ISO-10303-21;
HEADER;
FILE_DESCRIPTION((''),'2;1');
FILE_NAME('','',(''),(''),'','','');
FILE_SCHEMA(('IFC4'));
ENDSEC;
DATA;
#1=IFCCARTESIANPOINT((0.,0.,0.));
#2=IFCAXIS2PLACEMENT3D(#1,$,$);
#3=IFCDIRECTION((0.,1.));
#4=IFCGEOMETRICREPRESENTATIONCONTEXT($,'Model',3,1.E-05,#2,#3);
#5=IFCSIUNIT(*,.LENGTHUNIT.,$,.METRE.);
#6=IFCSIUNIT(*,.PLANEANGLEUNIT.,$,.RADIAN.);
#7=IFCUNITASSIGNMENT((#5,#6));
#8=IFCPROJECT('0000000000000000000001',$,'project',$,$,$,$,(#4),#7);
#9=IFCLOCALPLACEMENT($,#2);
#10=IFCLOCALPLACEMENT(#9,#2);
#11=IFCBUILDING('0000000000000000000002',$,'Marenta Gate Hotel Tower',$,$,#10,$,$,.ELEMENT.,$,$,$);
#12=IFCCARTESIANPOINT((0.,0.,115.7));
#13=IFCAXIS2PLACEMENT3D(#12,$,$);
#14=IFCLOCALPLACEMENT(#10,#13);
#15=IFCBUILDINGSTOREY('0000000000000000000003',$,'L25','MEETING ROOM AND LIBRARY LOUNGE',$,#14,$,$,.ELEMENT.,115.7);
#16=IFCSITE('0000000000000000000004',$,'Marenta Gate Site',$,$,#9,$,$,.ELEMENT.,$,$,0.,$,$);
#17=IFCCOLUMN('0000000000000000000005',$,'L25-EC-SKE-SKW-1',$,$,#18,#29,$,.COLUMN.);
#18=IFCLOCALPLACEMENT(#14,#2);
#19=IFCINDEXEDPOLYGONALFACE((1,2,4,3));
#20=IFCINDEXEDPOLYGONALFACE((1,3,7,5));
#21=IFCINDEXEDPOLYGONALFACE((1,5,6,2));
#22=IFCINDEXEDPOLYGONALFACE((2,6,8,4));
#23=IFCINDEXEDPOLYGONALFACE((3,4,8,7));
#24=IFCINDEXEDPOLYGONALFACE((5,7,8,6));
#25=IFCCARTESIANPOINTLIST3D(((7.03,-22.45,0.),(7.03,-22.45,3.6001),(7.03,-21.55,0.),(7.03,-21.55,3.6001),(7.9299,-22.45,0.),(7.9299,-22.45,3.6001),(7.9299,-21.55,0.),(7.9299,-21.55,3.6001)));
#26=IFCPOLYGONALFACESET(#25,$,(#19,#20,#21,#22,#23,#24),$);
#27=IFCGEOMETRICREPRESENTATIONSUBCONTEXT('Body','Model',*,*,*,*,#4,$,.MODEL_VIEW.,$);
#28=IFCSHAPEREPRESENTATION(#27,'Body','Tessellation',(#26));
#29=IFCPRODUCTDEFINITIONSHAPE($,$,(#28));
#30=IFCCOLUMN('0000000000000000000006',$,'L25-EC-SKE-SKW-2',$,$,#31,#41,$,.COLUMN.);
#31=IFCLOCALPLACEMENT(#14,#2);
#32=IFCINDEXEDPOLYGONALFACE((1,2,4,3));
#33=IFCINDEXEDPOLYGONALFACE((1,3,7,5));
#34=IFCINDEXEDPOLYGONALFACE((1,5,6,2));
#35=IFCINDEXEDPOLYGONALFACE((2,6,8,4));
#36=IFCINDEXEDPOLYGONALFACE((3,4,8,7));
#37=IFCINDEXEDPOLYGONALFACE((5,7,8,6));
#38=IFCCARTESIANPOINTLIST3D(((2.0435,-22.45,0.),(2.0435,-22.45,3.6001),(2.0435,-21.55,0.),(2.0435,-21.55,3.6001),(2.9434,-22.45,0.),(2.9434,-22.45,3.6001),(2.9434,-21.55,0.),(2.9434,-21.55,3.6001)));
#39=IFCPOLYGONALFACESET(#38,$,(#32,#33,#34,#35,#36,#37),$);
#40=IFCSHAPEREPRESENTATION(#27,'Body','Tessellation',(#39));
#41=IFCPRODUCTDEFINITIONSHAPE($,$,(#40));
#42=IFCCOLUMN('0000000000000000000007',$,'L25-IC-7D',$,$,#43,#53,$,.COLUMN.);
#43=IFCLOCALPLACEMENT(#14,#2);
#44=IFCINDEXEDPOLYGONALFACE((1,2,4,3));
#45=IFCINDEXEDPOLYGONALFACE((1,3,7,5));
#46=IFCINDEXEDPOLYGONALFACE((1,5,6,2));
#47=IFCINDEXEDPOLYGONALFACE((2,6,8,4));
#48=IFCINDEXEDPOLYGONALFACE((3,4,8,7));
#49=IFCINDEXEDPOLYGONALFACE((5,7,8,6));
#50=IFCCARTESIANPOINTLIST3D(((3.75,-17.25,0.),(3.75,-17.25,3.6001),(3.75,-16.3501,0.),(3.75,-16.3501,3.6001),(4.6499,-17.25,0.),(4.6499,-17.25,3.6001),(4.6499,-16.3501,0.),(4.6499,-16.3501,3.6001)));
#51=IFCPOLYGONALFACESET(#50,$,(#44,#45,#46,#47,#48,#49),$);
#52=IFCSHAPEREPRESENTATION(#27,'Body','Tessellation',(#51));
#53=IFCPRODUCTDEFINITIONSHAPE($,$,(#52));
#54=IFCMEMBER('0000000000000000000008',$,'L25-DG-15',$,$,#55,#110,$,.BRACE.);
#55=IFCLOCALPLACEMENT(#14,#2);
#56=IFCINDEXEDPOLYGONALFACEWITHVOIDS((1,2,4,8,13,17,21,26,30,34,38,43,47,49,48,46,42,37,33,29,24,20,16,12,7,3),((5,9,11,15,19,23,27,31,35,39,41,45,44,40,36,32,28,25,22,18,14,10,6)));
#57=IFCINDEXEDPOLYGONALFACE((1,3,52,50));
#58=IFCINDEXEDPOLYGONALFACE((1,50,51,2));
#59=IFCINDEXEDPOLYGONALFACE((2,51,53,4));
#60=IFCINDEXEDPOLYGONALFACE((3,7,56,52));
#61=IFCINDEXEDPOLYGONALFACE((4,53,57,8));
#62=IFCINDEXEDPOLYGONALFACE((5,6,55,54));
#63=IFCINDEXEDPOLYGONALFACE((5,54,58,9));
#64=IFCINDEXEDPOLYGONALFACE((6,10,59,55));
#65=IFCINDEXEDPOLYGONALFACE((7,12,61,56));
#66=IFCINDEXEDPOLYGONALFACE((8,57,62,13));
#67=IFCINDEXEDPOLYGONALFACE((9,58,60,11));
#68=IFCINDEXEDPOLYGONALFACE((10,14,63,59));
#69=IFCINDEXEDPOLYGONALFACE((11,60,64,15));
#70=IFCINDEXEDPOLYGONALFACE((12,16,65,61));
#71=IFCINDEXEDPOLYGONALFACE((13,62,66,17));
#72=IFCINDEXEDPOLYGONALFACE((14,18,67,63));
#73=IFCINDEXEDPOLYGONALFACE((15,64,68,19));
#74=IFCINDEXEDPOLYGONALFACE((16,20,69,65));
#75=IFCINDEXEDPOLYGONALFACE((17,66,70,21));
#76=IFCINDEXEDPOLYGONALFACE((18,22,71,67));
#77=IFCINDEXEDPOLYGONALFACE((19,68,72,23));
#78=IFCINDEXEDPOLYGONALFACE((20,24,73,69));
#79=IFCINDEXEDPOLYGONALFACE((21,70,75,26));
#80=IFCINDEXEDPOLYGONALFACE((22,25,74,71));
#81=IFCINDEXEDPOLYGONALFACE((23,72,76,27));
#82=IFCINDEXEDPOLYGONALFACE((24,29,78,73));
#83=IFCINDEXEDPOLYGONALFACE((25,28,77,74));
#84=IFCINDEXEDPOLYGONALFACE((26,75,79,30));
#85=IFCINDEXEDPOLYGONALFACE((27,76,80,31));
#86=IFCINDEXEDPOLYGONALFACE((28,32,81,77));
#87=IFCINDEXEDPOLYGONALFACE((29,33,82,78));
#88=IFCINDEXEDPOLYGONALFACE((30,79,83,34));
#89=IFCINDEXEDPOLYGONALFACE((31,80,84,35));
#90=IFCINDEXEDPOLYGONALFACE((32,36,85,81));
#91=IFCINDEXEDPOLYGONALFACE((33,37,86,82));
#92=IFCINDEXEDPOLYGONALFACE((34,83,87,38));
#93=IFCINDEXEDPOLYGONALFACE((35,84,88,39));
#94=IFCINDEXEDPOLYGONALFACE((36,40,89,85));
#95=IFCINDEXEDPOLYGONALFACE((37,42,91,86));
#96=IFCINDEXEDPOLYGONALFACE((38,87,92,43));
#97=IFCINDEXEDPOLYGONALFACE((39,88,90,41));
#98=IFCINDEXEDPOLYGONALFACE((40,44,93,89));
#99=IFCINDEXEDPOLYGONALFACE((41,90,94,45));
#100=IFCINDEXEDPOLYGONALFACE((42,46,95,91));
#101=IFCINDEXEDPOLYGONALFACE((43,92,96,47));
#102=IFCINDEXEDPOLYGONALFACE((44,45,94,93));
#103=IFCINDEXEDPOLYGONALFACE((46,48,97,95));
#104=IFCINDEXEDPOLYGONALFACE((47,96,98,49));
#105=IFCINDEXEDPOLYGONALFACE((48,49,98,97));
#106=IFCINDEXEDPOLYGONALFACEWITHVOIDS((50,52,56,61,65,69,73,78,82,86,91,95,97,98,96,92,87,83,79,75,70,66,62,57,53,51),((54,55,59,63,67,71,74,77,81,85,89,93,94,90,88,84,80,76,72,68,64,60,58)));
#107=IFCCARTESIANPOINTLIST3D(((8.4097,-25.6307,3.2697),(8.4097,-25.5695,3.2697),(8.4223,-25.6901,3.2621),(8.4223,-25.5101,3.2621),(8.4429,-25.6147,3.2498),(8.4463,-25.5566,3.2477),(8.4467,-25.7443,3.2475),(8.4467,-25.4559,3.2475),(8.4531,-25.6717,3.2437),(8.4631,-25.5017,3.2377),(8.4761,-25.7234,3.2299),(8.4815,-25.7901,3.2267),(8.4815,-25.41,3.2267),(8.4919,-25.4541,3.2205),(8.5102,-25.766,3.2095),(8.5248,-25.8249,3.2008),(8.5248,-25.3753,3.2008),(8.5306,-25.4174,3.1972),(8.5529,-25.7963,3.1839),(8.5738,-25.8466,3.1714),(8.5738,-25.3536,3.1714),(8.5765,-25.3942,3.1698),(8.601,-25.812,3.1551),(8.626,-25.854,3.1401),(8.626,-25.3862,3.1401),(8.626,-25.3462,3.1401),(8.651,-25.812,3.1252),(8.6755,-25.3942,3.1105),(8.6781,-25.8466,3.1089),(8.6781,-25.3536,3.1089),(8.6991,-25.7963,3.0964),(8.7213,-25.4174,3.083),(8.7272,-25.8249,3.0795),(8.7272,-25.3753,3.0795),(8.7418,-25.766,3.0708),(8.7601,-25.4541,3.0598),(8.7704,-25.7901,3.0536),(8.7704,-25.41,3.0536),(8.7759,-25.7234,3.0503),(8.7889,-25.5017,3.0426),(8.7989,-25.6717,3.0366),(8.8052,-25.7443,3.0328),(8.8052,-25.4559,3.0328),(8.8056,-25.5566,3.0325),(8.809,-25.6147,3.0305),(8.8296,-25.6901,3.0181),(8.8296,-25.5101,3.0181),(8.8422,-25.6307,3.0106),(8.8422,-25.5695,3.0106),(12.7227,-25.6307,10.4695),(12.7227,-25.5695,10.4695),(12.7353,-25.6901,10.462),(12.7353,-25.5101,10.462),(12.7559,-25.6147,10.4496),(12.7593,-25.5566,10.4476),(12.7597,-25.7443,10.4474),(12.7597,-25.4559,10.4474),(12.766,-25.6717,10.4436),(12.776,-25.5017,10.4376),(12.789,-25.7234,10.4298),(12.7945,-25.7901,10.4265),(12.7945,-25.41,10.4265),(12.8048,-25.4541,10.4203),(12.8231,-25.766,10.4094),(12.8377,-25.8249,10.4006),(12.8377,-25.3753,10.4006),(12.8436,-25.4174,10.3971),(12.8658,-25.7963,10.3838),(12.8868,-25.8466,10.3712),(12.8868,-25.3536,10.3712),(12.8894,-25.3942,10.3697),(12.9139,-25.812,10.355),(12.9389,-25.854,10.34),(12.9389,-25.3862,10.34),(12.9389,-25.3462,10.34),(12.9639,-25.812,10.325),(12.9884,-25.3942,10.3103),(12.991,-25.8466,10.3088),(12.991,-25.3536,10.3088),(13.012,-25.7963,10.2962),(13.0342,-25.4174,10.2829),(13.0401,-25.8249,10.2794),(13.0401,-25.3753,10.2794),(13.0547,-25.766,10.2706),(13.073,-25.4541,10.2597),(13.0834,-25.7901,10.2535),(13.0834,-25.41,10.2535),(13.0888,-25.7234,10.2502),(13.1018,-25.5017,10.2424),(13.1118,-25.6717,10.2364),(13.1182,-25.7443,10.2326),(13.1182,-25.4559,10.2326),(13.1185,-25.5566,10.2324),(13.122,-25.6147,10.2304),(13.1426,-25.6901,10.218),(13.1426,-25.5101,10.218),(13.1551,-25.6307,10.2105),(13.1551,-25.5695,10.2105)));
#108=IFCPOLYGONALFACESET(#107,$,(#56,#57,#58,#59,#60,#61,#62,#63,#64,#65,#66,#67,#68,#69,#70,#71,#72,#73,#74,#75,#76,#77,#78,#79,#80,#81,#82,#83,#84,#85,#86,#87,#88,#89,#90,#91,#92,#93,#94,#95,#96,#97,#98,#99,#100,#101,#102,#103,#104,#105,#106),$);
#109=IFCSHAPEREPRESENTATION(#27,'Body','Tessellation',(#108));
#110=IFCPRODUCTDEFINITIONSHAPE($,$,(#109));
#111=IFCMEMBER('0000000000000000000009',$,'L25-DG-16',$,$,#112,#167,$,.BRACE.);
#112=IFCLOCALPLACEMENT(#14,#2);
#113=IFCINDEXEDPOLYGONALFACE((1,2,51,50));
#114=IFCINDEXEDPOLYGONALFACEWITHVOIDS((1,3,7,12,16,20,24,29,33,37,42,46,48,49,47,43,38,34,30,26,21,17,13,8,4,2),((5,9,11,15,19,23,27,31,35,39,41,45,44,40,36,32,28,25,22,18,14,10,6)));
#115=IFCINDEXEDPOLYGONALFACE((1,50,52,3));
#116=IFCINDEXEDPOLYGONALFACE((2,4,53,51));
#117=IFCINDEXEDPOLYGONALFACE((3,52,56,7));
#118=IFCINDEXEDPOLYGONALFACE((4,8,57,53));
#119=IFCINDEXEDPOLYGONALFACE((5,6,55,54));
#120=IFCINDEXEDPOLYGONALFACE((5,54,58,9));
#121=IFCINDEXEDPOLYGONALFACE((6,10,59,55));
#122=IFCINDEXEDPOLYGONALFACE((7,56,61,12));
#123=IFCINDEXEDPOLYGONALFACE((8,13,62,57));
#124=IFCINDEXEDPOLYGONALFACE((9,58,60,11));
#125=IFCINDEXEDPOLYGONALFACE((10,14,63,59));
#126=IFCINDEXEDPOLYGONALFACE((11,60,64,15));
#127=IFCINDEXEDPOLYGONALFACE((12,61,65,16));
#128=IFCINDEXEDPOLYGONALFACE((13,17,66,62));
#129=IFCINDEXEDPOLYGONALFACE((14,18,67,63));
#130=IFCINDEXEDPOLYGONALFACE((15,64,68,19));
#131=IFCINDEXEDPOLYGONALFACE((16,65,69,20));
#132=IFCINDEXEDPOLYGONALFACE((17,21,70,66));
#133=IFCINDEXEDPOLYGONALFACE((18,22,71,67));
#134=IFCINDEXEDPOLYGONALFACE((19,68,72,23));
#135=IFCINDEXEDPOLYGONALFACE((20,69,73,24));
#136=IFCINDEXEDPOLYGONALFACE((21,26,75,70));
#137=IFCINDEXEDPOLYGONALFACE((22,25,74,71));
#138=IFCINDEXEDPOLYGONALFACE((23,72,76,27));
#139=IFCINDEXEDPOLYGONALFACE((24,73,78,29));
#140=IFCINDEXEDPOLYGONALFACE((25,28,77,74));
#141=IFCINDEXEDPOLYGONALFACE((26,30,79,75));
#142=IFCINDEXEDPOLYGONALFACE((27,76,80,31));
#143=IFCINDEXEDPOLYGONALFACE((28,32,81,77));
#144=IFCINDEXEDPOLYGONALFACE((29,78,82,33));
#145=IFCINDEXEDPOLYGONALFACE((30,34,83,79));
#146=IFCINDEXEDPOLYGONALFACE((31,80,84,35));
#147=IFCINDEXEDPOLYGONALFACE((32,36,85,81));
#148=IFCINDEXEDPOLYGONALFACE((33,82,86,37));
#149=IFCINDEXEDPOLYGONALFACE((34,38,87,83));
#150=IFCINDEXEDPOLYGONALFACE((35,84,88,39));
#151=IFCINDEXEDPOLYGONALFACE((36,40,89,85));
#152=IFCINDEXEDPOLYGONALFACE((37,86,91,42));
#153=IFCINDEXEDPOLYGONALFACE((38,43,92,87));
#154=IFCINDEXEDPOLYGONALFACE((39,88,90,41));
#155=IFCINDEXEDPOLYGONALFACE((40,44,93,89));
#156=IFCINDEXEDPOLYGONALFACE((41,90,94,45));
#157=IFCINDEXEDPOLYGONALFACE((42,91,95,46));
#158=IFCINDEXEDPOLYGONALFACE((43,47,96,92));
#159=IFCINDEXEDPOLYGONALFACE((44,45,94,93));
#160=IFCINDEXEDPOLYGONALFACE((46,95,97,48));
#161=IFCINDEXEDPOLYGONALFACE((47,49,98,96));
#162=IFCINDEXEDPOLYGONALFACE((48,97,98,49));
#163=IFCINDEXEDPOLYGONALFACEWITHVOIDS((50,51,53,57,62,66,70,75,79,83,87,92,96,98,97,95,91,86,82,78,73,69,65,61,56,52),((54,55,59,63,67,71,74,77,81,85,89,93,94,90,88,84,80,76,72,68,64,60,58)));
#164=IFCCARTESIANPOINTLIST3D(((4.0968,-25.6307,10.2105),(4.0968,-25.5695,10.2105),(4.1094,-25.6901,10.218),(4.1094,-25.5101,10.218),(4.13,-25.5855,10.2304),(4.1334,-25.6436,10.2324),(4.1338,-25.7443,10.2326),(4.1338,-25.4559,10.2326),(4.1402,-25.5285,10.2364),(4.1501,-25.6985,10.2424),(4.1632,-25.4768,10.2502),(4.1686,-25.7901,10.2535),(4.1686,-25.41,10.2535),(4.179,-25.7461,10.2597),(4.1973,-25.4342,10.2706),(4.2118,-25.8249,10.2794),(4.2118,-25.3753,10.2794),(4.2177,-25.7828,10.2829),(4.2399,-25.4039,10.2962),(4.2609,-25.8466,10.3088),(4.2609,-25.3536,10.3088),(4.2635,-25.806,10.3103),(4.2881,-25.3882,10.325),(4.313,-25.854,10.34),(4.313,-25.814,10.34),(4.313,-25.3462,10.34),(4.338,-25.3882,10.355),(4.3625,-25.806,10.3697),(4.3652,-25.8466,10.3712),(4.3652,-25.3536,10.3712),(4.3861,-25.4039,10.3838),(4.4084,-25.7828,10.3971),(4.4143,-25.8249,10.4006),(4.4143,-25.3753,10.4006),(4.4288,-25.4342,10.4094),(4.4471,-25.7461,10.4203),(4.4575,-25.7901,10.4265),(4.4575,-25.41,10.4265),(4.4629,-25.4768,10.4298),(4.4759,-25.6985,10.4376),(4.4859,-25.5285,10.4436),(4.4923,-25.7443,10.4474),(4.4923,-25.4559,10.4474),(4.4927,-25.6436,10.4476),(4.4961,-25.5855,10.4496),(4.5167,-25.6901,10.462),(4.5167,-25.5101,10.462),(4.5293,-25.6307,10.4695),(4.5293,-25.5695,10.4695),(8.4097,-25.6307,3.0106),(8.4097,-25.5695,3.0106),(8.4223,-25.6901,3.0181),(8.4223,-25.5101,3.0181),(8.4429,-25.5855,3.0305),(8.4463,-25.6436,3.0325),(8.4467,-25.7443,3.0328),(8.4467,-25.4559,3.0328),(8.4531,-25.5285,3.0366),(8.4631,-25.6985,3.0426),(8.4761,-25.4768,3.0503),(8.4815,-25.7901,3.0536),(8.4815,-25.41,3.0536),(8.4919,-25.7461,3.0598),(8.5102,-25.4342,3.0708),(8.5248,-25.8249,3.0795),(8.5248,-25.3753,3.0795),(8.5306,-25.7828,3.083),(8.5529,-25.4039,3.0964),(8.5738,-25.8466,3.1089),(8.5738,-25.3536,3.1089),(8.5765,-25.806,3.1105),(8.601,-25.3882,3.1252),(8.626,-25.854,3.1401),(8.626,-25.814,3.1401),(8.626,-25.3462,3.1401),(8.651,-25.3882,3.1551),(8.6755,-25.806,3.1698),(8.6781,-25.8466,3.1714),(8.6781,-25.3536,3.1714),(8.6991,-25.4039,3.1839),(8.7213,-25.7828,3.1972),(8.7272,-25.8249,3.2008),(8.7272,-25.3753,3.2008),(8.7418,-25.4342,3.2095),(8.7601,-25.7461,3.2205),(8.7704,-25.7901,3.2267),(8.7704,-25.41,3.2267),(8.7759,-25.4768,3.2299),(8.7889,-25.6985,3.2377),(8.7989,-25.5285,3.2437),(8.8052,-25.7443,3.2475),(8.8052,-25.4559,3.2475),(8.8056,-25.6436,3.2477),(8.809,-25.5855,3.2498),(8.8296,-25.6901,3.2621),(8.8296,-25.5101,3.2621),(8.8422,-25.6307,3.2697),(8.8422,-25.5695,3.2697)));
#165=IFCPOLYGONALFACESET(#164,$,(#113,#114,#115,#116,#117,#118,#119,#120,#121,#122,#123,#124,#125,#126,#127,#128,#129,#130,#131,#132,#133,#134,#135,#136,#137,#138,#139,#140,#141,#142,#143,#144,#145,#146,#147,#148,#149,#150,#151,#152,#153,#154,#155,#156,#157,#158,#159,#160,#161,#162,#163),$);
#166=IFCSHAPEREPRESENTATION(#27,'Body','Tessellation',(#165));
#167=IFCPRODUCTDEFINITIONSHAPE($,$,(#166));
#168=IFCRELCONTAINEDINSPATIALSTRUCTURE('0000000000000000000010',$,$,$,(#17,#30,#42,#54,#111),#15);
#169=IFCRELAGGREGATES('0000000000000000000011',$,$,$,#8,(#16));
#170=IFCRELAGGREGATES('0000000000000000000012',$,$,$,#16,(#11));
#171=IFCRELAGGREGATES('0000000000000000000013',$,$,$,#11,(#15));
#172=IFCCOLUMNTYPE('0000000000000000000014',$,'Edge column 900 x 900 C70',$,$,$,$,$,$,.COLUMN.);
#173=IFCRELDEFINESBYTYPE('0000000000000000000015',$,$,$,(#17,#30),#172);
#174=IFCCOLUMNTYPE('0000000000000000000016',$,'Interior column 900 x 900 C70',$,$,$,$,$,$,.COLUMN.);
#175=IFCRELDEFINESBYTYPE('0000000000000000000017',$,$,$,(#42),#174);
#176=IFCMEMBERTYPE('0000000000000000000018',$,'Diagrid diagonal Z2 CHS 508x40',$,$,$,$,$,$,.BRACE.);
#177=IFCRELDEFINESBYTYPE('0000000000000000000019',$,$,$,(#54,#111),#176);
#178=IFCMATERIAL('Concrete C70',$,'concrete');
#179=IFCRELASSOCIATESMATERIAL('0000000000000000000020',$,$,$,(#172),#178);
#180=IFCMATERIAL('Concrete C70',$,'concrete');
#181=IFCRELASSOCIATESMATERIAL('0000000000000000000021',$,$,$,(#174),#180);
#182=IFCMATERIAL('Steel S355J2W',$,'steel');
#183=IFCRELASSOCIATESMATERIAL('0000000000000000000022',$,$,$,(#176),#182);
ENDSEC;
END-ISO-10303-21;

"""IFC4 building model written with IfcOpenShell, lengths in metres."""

from ifc_helpers import new_model, si_unit, direction, frame, origin, origin_2d, place, context, subcontext, project, spatial, rectangle, hollow_circle, extrude, material, material_profile, profile_set, type_object, element, save


model = new_model("IFC4")

# Units and contexts
model_context = context("Model", 3, precision=1e-05, world=origin(), true_north=direction((0.0, 1.0)))
body_context = subcontext(model_context, "Body", "Model", "MODEL_VIEW")
ifc_project = project(units=[si_unit("LENGTHUNIT", "METRE"), si_unit("PLANEANGLEUNIT", "RADIAN")], contexts=[model_context])

# Site, building, storey
site_placement = place(None, origin())
site = spatial("IfcSite", under=ifc_project, at=site_placement, Name="Marenta Gate Site", CompositionType="ELEMENT", RefElevation=0.0)
building_placement = place(site_placement, origin())
building = spatial("IfcBuilding", under=site, at=building_placement, Name="Marenta Gate Hotel Tower", CompositionType="ELEMENT")
storey_placement = place(building_placement, frame((0.0, 0.0, 115.7)))
storey = spatial("IfcBuildingStorey", under=building, at=storey_placement, Name="L25", Description="MEETING ROOM AND LIBRARY LOUNGE", CompositionType="ELEMENT", Elevation=115.7)

# Columns
ifc_material_1 = material(Name="Concrete C70", Category="concrete")
ifc_material_profile_1 = material_profile(ifc_material_1, rectangle(XDim=0.8999, YDim=0.8999, at=origin_2d()), Name="900 x 900")
ifc_profile_set_1 = profile_set([ifc_material_profile_1], Name="Concrete C70")
column_type_1 = type_object("IfcColumnType", Name="Edge column 900 x 900 C70", PredefinedType="COLUMN", material=ifc_profile_set_1)
for number, where, z_axis, x_axis, name in (
    (1, (7.48, -22.0, 0.0), (0.0, 0.0, 1.0), (1.0, 0.0, 0.0), "L25-EC-SKE-SKW-1"),
    (2, (2.4934, -22.0, 0.0), (0.0, 0.0, 1.0), (1.0, 0.0, 0.0), "L25-EC-SKE-SKW-2"),
):
    element("IfcColumn", number, at=place(storey_placement, frame(where, z_axis=z_axis, x_axis=x_axis)), inside=storey, type_object=column_type_1, Name=name, PredefinedType="COLUMN", context=body_context, shape_type="SweptSolid", body=[
        extrude(rectangle(XDim=0.8999, YDim=0.8999, at=origin_2d()), origin(), (0.0, 0.0, 1.0), 3.6001),
    ])
ifc_material_2 = material(Name="Concrete C70", Category="concrete")
ifc_material_profile_2 = material_profile(ifc_material_2, rectangle(XDim=0.8999, YDim=0.8999, at=origin_2d()), Name="900 x 900")
ifc_profile_set_2 = profile_set([ifc_material_profile_2], Name="Concrete C70")
column_type_2 = type_object("IfcColumnType", Name="Interior column 900 x 900 C70", PredefinedType="COLUMN", material=ifc_profile_set_2)
column_placement = place(storey_placement, frame((4.2, -16.8, 0.0), z_axis=(0.0, 0.0, 1.0), x_axis=(1.0, 0.0, 0.0)))
element("IfcColumn", 3, at=column_placement, inside=storey, type_object=column_type_2, Name="L25-IC-7D", PredefinedType="COLUMN", context=body_context, shape_type="SweptSolid", body=[
    extrude(rectangle(XDim=0.8999, YDim=0.8999, at=origin_2d()), origin(), (0.0, 0.0, 1.0), 3.6001),
])

# Members
ifc_material_3 = material(Name="Steel S355J2W", Category="steel")
ifc_material_profile_3 = material_profile(ifc_material_3, hollow_circle(Radius=0.2539, WallThickness=0.04, at=origin_2d()), Name="CHS 508x40")
ifc_profile_set_3 = profile_set([ifc_material_profile_3], Name="Steel S355J2W")
member_type_1 = type_object("IfcMemberType", Name="Diagrid diagonal Z2 CHS 508x40", PredefinedType="BRACE", material=ifc_profile_set_3)
for number, where, z_axis, x_axis, name in (
    (4, (8.626, -25.6001, 3.1401), (0.513884, 0.0, 0.85786), (0.0, 1.0, 0.0), "L25-DG-15"),
    (5, (8.626, -25.6001, 3.1401), (-0.513884, 0.0, 0.85786), (0.0, -1.0, 0.0), "L25-DG-16"),
):
    element("IfcMember", number, at=place(storey_placement, frame(where, z_axis=z_axis, x_axis=x_axis)), inside=storey, type_object=member_type_1, Name=name, PredefinedType="BRACE", context=body_context, shape_type="SweptSolid", body=[
        extrude(hollow_circle(Radius=0.2539, WallThickness=0.04, at=origin_2d()), origin(), (0.0, 0.0, 1.0), 8.3928),
    ])

save(model, "model.ifc")
